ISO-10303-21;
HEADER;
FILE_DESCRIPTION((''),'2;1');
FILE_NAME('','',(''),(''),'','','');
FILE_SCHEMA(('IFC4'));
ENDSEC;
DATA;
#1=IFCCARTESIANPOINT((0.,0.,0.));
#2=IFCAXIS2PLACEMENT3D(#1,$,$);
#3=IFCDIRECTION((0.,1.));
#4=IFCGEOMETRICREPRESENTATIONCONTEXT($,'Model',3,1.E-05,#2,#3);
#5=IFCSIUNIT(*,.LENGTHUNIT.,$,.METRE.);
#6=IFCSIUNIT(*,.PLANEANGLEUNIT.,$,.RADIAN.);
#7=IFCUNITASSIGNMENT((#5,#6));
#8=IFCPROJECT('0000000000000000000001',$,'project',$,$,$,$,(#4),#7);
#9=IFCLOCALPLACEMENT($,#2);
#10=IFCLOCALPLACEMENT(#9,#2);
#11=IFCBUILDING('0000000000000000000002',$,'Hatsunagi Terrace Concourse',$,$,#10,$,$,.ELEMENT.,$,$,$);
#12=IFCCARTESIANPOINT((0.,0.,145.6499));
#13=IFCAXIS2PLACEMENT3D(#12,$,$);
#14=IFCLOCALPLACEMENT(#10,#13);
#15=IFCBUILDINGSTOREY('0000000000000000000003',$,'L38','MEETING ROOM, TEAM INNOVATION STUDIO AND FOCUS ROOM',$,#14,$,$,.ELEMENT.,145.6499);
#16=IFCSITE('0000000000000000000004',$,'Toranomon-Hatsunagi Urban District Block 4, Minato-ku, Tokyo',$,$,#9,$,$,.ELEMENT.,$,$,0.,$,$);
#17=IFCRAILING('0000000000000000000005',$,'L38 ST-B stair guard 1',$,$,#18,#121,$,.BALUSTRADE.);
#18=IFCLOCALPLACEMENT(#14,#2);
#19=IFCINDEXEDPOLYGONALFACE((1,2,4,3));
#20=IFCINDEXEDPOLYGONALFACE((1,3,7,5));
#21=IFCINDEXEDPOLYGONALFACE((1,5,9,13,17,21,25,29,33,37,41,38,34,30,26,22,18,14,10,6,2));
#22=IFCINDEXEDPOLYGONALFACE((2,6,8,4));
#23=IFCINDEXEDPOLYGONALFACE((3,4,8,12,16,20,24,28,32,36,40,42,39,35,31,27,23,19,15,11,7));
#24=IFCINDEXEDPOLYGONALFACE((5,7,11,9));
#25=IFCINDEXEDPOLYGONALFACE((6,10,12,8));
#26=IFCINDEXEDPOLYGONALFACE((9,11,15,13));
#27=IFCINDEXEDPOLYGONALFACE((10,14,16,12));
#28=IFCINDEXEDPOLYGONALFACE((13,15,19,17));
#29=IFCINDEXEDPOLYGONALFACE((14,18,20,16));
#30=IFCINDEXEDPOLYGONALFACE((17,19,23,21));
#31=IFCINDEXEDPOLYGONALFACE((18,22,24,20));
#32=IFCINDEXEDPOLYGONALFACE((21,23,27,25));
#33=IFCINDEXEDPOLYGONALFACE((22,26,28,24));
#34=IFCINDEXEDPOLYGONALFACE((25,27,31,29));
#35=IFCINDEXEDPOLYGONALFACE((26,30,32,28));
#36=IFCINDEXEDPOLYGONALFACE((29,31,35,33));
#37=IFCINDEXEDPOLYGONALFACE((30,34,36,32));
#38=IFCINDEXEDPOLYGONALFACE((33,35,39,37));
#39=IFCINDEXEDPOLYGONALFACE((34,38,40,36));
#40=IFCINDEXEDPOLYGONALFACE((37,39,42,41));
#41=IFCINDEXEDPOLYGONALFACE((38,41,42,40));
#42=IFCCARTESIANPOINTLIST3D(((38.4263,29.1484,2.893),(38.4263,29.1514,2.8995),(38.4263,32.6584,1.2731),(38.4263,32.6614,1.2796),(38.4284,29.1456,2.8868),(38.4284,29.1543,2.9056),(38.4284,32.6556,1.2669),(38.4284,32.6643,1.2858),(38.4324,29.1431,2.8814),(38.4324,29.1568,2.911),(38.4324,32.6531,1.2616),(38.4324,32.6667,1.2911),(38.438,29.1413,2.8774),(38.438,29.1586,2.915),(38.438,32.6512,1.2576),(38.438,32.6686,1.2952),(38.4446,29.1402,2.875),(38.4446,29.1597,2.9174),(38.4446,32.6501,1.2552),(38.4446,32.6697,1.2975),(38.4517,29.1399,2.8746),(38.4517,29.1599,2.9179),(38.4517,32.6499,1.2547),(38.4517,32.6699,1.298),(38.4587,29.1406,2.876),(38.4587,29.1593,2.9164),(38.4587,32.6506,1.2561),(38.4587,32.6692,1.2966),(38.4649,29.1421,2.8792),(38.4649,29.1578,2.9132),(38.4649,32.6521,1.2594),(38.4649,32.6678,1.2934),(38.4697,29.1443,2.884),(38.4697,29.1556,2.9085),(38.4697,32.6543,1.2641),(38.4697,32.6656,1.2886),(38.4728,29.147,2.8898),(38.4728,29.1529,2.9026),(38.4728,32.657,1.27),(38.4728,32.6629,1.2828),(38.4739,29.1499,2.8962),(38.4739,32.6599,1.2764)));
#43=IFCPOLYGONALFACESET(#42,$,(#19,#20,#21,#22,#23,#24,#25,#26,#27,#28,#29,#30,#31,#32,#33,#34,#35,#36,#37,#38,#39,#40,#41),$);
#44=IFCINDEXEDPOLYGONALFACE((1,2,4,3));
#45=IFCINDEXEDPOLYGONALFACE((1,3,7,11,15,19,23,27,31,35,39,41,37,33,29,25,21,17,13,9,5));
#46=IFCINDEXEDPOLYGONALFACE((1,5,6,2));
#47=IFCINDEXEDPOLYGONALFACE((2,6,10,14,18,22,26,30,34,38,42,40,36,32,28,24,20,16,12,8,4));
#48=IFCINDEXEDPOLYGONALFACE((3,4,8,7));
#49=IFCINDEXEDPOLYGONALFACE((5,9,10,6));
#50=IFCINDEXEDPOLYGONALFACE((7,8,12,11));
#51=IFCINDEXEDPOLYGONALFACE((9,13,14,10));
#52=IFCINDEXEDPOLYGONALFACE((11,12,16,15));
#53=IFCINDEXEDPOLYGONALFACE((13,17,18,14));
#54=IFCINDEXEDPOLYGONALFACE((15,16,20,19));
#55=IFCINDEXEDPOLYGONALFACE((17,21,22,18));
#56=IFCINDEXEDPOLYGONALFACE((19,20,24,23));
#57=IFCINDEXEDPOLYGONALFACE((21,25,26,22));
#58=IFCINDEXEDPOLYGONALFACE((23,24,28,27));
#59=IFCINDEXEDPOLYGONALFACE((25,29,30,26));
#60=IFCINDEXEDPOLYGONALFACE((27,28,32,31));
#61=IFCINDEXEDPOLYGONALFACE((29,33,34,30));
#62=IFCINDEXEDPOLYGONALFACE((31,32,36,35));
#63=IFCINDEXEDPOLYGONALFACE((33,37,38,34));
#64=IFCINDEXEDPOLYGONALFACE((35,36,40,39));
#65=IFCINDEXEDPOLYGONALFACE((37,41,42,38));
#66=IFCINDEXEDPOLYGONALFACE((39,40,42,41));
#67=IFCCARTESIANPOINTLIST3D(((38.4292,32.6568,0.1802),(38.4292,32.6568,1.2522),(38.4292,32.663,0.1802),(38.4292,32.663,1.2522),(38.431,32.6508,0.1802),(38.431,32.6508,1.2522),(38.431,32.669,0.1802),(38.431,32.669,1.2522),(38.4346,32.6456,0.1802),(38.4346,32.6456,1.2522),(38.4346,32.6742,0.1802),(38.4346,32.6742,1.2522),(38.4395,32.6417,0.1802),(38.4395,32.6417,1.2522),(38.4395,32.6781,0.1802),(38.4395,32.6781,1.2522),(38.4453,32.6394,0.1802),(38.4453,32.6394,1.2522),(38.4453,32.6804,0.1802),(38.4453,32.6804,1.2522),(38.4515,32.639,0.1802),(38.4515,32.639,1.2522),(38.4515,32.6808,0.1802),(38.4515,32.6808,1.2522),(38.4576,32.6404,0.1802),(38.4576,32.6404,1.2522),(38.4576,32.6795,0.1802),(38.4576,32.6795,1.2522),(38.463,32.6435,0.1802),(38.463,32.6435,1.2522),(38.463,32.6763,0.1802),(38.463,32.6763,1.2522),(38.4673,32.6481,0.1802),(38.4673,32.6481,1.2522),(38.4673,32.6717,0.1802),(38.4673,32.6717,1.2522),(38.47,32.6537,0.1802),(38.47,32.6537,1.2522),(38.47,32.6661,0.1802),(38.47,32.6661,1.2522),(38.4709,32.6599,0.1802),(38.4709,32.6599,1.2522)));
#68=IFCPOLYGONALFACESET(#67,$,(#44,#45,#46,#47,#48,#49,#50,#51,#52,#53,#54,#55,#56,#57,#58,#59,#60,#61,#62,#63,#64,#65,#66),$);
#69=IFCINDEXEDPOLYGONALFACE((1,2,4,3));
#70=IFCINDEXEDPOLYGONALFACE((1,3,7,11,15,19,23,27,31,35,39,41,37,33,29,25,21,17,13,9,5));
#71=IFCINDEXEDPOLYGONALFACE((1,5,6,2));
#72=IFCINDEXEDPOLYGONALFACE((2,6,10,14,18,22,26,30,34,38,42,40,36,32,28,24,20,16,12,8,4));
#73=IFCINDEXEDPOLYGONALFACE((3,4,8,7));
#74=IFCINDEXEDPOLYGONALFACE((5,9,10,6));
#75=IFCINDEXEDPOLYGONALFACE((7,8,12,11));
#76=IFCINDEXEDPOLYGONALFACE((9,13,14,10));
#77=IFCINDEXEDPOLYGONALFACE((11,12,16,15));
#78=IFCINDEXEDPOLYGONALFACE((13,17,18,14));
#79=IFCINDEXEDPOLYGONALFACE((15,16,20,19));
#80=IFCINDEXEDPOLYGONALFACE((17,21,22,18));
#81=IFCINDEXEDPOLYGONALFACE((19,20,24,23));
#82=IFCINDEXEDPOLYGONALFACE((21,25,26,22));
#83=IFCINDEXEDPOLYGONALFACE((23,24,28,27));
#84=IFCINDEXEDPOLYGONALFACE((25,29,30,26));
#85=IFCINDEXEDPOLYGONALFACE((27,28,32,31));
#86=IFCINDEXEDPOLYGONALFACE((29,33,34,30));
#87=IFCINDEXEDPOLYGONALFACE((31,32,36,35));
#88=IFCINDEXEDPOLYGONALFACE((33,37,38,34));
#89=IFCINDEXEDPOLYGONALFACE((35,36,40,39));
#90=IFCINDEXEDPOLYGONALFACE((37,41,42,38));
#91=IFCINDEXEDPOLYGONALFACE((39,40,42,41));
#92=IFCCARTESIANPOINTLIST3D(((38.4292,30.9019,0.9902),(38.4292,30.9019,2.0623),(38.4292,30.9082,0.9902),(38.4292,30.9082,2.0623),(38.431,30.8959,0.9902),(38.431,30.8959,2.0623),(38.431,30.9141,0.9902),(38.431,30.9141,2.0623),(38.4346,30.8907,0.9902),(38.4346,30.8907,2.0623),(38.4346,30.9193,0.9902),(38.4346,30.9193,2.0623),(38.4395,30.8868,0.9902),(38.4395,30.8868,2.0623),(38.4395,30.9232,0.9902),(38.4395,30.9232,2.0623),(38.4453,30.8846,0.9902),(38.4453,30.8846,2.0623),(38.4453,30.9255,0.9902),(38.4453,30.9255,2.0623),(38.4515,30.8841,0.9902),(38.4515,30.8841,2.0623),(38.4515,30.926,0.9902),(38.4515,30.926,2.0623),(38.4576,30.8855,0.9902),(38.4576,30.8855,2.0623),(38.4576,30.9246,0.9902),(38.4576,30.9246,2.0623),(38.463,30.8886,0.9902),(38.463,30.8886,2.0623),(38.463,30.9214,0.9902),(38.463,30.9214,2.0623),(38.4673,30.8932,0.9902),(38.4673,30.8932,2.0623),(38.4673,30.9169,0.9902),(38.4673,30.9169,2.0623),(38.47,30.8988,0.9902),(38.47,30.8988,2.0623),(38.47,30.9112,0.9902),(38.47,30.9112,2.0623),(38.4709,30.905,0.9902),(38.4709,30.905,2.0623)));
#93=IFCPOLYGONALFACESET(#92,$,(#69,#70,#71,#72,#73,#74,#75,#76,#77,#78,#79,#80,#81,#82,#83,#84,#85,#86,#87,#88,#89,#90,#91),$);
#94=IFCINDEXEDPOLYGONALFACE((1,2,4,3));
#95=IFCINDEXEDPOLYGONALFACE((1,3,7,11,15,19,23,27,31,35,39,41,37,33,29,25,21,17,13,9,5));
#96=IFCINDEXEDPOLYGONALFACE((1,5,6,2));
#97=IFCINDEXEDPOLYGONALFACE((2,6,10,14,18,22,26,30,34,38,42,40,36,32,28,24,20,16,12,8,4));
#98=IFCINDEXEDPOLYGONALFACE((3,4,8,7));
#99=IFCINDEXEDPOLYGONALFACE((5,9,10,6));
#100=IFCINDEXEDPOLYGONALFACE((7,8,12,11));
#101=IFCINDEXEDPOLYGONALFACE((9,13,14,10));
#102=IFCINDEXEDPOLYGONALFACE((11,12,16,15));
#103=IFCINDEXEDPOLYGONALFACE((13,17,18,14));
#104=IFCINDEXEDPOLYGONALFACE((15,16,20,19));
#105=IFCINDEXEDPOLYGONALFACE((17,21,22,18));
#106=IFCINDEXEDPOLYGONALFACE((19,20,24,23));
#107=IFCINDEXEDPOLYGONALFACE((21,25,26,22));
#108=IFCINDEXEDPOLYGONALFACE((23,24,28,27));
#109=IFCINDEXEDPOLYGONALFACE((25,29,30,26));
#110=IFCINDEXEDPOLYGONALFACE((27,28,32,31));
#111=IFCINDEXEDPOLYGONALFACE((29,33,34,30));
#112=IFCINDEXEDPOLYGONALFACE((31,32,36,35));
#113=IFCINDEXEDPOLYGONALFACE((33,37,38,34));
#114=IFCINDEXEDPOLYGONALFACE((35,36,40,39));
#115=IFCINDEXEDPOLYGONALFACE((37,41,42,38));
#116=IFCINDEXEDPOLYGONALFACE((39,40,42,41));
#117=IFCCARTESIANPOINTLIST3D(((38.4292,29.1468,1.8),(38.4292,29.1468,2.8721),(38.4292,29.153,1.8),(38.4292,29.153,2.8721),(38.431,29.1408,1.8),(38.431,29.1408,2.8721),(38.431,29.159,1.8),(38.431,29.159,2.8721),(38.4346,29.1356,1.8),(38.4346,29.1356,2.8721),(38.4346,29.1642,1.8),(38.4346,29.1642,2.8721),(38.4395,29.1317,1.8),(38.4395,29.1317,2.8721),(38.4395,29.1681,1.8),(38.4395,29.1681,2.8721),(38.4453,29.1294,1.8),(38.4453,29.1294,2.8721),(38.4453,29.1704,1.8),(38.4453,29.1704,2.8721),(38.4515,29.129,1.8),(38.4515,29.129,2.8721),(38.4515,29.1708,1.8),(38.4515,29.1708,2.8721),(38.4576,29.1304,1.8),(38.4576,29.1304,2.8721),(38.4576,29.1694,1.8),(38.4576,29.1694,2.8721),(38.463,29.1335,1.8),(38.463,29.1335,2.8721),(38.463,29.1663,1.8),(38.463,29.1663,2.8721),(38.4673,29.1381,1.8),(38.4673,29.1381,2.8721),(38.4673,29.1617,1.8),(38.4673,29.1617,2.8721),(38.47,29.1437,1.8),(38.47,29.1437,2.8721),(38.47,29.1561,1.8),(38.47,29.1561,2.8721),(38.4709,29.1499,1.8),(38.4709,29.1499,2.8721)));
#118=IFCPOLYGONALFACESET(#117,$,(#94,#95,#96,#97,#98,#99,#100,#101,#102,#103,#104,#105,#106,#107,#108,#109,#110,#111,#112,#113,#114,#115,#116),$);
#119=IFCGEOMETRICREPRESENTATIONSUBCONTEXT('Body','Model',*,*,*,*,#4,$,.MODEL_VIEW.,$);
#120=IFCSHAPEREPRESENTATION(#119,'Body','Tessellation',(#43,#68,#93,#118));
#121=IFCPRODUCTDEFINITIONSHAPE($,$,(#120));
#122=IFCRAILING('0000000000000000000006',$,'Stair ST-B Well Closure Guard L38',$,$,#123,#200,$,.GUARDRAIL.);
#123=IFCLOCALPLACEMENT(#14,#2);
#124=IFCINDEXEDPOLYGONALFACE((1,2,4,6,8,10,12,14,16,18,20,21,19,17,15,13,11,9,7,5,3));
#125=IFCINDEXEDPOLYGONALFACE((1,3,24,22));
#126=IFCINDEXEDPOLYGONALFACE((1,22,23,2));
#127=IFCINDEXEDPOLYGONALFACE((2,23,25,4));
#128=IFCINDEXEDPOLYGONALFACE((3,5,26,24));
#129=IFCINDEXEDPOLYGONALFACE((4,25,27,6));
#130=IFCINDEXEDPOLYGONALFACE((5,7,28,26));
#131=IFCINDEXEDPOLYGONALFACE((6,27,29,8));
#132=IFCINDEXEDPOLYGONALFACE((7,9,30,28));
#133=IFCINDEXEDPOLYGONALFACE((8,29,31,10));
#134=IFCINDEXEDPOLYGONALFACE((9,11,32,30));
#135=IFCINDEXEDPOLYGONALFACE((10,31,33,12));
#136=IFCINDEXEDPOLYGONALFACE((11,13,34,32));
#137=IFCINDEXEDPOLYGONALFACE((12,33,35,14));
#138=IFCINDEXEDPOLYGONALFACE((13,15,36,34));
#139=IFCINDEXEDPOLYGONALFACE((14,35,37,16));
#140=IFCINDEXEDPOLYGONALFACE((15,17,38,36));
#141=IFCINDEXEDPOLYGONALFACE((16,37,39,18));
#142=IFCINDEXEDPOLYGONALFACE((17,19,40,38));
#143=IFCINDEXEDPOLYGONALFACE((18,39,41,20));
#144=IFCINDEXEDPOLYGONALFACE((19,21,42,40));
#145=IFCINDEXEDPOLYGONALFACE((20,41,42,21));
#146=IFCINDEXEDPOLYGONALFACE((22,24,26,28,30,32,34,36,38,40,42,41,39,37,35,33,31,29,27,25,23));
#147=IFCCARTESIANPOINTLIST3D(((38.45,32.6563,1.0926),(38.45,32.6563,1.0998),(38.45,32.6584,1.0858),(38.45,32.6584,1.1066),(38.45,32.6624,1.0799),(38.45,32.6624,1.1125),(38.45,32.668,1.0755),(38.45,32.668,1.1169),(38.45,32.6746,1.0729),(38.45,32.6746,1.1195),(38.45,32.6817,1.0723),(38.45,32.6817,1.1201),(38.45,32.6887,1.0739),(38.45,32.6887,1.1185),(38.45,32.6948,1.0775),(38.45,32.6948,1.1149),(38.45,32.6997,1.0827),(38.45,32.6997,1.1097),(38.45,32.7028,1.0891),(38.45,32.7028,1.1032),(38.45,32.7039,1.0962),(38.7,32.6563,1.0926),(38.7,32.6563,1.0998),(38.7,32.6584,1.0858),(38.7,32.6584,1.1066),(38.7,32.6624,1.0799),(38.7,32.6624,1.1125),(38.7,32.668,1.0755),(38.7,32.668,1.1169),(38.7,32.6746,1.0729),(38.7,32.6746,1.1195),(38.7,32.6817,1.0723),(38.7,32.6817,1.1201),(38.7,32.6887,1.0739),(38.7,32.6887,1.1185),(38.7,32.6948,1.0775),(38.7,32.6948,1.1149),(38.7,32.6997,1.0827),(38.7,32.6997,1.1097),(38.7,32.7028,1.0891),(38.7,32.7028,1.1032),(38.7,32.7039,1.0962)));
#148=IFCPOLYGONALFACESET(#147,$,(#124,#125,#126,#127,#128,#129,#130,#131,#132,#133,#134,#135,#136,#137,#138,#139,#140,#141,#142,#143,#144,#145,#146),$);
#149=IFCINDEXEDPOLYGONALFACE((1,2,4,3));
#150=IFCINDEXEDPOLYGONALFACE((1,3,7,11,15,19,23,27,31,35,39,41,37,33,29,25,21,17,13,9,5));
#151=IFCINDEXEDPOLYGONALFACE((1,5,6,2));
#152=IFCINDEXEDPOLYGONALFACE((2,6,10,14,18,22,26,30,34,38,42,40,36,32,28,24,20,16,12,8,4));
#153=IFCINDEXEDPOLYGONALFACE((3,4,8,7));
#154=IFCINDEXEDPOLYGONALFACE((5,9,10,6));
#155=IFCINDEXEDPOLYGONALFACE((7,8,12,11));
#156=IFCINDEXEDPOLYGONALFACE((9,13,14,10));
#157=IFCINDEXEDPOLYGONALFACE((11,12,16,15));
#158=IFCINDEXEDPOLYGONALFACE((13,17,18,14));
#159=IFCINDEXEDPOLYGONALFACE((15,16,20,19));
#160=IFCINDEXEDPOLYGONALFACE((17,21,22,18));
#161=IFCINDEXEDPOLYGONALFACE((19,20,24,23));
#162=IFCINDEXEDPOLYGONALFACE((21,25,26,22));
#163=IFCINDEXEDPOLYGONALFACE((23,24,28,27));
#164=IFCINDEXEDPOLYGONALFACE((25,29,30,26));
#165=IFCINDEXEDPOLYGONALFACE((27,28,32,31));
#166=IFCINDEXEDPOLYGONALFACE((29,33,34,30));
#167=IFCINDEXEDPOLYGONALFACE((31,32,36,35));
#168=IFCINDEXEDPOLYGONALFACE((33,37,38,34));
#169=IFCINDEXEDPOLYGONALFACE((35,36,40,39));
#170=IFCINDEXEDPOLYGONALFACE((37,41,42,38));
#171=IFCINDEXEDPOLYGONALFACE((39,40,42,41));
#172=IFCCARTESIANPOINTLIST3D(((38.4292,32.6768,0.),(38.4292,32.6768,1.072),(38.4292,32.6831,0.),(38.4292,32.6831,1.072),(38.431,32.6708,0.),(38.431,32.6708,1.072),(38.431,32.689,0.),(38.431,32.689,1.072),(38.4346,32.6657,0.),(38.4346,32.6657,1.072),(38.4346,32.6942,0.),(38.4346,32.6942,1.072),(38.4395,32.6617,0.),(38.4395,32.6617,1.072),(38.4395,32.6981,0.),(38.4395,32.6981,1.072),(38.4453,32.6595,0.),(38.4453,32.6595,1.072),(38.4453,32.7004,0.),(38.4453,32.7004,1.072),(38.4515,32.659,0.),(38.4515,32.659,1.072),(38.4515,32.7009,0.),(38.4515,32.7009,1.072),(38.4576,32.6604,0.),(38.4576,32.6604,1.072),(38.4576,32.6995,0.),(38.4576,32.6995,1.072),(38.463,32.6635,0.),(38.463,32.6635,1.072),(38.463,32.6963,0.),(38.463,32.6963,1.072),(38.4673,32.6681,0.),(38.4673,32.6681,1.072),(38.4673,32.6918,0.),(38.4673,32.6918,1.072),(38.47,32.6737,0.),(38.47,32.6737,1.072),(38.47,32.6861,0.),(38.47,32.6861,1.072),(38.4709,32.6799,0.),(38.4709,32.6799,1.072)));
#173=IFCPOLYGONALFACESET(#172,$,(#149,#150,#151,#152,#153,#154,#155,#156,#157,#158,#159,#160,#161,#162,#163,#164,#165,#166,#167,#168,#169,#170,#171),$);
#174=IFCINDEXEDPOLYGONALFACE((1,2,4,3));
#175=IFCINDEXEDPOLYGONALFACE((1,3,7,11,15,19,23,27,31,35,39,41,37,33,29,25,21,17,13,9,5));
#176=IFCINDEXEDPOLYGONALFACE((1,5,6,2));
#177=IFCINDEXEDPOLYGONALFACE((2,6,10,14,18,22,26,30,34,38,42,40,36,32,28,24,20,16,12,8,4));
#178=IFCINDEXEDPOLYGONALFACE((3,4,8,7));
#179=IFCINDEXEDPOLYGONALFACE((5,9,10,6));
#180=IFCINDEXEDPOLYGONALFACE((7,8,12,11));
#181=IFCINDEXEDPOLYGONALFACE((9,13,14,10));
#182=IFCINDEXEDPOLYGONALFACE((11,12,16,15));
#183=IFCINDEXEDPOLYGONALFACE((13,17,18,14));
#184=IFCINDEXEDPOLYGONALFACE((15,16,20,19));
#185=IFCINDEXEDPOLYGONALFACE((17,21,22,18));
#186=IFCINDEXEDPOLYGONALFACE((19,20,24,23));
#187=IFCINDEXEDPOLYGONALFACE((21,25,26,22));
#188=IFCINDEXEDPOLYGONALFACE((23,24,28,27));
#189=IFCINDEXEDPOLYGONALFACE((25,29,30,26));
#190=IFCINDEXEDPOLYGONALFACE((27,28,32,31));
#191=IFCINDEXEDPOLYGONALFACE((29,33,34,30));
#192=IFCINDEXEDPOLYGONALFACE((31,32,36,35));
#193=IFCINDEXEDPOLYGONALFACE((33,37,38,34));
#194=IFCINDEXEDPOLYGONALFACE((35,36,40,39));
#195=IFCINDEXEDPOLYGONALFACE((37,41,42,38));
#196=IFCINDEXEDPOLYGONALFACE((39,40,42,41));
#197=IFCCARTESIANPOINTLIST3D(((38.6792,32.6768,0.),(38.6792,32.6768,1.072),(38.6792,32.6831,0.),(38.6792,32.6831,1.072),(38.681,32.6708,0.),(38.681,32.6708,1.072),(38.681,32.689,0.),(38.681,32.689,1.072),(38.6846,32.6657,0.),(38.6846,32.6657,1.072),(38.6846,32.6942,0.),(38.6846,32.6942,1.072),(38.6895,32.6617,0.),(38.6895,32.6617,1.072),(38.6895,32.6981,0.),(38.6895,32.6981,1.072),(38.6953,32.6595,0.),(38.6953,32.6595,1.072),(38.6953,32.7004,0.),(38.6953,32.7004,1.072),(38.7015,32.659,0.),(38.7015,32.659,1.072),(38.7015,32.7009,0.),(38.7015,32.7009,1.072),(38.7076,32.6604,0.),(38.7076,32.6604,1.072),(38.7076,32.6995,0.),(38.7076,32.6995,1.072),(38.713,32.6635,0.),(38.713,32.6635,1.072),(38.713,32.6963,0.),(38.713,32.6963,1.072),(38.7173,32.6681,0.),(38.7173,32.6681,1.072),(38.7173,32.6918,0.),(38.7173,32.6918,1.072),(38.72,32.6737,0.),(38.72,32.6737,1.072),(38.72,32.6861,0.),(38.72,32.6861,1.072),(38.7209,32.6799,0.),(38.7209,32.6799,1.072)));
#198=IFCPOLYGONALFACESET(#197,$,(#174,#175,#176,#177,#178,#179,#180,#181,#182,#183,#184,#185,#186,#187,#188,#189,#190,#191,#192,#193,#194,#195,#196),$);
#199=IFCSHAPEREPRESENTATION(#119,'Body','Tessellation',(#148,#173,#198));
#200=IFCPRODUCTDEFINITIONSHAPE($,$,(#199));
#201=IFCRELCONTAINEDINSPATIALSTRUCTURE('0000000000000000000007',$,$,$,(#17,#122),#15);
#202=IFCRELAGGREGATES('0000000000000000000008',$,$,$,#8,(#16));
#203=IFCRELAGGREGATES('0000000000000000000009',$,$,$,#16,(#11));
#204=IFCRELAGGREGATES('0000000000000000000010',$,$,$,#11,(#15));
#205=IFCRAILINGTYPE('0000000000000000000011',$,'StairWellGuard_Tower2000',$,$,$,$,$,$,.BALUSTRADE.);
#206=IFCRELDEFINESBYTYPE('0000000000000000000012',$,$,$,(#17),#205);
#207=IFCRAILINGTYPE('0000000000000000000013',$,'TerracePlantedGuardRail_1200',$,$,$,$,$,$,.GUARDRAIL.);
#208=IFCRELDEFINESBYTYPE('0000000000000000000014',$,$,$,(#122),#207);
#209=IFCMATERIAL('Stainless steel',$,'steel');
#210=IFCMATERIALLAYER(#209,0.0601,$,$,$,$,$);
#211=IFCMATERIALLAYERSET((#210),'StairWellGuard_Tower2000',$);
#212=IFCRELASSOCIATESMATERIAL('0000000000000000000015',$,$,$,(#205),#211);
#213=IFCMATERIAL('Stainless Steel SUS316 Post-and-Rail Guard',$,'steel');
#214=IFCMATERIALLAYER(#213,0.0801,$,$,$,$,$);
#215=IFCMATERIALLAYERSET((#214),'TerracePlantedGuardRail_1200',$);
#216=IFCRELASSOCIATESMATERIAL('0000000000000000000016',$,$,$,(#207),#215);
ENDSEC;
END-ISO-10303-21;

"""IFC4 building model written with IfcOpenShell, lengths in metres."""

from ifc_helpers import new_model, si_unit, direction, frame, origin, origin_2d, place, context, subcontext, project, spatial, circle, extrude, material, layer, layer_set, type_object, element, save


model = new_model("IFC4")

# Units and contexts
model_context = context("Model", 3, precision=1e-05, world=origin(), true_north=direction((0.0, 1.0)))
body_context = subcontext(model_context, "Body", "Model", "MODEL_VIEW")
ifc_project = project(units=[si_unit("LENGTHUNIT", "METRE"), si_unit("PLANEANGLEUNIT", "RADIAN")], contexts=[model_context])

# Site, building, storey
site_placement = place(None, origin())
site = spatial("IfcSite", under=ifc_project, at=site_placement, Name="Toranomon-Hatsunagi Urban District Block 4, Minato-ku, Tokyo", CompositionType="ELEMENT", RefElevation=0.0)
building_placement = place(site_placement, origin())
building = spatial("IfcBuilding", under=site, at=building_placement, Name="Hatsunagi Terrace Concourse", CompositionType="ELEMENT")
storey_placement = place(building_placement, frame((0.0, 0.0, 145.6499)))
storey = spatial("IfcBuildingStorey", under=building, at=storey_placement, Name="L38", Description="MEETING ROOM, TEAM INNOVATION STUDIO AND FOCUS ROOM", CompositionType="ELEMENT", Elevation=145.6499)

# Railings
ifc_material_1 = material(Name="Stainless steel", Category="steel")
ifc_layer_1 = layer(ifc_material_1, 0.0601)
ifc_layer_set_1 = layer_set([ifc_layer_1], Name="StairWellGuard_Tower2000")
railing_type_1 = type_object("IfcRailingType", Name="StairWellGuard_Tower2000", PredefinedType="BALUSTRADE", material=ifc_layer_set_1)
railing_1_placement = place(storey_placement, frame((38.45, 32.6599, 0.1802)))
element("IfcRailing", 1, at=railing_1_placement, inside=storey, type_object=railing_type_1, Name="L38 ST-B stair guard 1", PredefinedType="BALUSTRADE", context=body_context, shape_type="SweptSolid", body=[
    extrude(circle(Radius=0.0239, at=origin_2d()), frame((0.0, 0.0, 1.0962), z_axis=(0.0, -0.907972, 0.41903), x_axis=(1.0, 0.0, 0.0)), (0.0, 0.0, 1.0), 3.8657),
    extrude(circle(Radius=0.021, at=origin_2d()), origin(), (0.0, 0.0, 1.0), 1.072),
    extrude(circle(Radius=0.021, at=origin_2d()), frame((0.0, -1.7549, 0.8101)), (0.0, 0.0, 1.0), 1.072),
    extrude(circle(Radius=0.021, at=origin_2d()), frame((0.0, -3.51, 1.6199)), (0.0, 0.0, 1.0), 1.072),
])
ifc_material_2 = material(Name="Stainless Steel SUS316 Post-and-Rail Guard", Category="steel")
ifc_layer_2 = layer(ifc_material_2, 0.0801)
ifc_layer_set_2 = layer_set([ifc_layer_2], Name="TerracePlantedGuardRail_1200")
railing_type_2 = type_object("IfcRailingType", Name="TerracePlantedGuardRail_1200", PredefinedType="GUARDRAIL", material=ifc_layer_set_2)
railing_2_placement = place(storey_placement, frame((38.45, 32.6799, 0.0)))
element("IfcRailing", 2, at=railing_2_placement, inside=storey, type_object=railing_type_2, Name="Stair ST-B Well Closure Guard L38", PredefinedType="GUARDRAIL", context=body_context, shape_type="SweptSolid", body=[
    extrude(circle(Radius=0.0239, at=origin_2d()), frame((0.0, 0.0, 1.0962), z_axis=(1.0, 0.0, 0.0), x_axis=(0.0, 1.0, 0.0)), (0.0, 0.0, 1.0), 0.25),
    extrude(circle(Radius=0.021, at=origin_2d()), origin(), (0.0, 0.0, 1.0), 1.072),
    extrude(circle(Radius=0.021, at=origin_2d()), frame((0.25, 0.0, 0.0)), (0.0, 0.0, 1.0), 1.072),
])

save(model, "model.ifc")
